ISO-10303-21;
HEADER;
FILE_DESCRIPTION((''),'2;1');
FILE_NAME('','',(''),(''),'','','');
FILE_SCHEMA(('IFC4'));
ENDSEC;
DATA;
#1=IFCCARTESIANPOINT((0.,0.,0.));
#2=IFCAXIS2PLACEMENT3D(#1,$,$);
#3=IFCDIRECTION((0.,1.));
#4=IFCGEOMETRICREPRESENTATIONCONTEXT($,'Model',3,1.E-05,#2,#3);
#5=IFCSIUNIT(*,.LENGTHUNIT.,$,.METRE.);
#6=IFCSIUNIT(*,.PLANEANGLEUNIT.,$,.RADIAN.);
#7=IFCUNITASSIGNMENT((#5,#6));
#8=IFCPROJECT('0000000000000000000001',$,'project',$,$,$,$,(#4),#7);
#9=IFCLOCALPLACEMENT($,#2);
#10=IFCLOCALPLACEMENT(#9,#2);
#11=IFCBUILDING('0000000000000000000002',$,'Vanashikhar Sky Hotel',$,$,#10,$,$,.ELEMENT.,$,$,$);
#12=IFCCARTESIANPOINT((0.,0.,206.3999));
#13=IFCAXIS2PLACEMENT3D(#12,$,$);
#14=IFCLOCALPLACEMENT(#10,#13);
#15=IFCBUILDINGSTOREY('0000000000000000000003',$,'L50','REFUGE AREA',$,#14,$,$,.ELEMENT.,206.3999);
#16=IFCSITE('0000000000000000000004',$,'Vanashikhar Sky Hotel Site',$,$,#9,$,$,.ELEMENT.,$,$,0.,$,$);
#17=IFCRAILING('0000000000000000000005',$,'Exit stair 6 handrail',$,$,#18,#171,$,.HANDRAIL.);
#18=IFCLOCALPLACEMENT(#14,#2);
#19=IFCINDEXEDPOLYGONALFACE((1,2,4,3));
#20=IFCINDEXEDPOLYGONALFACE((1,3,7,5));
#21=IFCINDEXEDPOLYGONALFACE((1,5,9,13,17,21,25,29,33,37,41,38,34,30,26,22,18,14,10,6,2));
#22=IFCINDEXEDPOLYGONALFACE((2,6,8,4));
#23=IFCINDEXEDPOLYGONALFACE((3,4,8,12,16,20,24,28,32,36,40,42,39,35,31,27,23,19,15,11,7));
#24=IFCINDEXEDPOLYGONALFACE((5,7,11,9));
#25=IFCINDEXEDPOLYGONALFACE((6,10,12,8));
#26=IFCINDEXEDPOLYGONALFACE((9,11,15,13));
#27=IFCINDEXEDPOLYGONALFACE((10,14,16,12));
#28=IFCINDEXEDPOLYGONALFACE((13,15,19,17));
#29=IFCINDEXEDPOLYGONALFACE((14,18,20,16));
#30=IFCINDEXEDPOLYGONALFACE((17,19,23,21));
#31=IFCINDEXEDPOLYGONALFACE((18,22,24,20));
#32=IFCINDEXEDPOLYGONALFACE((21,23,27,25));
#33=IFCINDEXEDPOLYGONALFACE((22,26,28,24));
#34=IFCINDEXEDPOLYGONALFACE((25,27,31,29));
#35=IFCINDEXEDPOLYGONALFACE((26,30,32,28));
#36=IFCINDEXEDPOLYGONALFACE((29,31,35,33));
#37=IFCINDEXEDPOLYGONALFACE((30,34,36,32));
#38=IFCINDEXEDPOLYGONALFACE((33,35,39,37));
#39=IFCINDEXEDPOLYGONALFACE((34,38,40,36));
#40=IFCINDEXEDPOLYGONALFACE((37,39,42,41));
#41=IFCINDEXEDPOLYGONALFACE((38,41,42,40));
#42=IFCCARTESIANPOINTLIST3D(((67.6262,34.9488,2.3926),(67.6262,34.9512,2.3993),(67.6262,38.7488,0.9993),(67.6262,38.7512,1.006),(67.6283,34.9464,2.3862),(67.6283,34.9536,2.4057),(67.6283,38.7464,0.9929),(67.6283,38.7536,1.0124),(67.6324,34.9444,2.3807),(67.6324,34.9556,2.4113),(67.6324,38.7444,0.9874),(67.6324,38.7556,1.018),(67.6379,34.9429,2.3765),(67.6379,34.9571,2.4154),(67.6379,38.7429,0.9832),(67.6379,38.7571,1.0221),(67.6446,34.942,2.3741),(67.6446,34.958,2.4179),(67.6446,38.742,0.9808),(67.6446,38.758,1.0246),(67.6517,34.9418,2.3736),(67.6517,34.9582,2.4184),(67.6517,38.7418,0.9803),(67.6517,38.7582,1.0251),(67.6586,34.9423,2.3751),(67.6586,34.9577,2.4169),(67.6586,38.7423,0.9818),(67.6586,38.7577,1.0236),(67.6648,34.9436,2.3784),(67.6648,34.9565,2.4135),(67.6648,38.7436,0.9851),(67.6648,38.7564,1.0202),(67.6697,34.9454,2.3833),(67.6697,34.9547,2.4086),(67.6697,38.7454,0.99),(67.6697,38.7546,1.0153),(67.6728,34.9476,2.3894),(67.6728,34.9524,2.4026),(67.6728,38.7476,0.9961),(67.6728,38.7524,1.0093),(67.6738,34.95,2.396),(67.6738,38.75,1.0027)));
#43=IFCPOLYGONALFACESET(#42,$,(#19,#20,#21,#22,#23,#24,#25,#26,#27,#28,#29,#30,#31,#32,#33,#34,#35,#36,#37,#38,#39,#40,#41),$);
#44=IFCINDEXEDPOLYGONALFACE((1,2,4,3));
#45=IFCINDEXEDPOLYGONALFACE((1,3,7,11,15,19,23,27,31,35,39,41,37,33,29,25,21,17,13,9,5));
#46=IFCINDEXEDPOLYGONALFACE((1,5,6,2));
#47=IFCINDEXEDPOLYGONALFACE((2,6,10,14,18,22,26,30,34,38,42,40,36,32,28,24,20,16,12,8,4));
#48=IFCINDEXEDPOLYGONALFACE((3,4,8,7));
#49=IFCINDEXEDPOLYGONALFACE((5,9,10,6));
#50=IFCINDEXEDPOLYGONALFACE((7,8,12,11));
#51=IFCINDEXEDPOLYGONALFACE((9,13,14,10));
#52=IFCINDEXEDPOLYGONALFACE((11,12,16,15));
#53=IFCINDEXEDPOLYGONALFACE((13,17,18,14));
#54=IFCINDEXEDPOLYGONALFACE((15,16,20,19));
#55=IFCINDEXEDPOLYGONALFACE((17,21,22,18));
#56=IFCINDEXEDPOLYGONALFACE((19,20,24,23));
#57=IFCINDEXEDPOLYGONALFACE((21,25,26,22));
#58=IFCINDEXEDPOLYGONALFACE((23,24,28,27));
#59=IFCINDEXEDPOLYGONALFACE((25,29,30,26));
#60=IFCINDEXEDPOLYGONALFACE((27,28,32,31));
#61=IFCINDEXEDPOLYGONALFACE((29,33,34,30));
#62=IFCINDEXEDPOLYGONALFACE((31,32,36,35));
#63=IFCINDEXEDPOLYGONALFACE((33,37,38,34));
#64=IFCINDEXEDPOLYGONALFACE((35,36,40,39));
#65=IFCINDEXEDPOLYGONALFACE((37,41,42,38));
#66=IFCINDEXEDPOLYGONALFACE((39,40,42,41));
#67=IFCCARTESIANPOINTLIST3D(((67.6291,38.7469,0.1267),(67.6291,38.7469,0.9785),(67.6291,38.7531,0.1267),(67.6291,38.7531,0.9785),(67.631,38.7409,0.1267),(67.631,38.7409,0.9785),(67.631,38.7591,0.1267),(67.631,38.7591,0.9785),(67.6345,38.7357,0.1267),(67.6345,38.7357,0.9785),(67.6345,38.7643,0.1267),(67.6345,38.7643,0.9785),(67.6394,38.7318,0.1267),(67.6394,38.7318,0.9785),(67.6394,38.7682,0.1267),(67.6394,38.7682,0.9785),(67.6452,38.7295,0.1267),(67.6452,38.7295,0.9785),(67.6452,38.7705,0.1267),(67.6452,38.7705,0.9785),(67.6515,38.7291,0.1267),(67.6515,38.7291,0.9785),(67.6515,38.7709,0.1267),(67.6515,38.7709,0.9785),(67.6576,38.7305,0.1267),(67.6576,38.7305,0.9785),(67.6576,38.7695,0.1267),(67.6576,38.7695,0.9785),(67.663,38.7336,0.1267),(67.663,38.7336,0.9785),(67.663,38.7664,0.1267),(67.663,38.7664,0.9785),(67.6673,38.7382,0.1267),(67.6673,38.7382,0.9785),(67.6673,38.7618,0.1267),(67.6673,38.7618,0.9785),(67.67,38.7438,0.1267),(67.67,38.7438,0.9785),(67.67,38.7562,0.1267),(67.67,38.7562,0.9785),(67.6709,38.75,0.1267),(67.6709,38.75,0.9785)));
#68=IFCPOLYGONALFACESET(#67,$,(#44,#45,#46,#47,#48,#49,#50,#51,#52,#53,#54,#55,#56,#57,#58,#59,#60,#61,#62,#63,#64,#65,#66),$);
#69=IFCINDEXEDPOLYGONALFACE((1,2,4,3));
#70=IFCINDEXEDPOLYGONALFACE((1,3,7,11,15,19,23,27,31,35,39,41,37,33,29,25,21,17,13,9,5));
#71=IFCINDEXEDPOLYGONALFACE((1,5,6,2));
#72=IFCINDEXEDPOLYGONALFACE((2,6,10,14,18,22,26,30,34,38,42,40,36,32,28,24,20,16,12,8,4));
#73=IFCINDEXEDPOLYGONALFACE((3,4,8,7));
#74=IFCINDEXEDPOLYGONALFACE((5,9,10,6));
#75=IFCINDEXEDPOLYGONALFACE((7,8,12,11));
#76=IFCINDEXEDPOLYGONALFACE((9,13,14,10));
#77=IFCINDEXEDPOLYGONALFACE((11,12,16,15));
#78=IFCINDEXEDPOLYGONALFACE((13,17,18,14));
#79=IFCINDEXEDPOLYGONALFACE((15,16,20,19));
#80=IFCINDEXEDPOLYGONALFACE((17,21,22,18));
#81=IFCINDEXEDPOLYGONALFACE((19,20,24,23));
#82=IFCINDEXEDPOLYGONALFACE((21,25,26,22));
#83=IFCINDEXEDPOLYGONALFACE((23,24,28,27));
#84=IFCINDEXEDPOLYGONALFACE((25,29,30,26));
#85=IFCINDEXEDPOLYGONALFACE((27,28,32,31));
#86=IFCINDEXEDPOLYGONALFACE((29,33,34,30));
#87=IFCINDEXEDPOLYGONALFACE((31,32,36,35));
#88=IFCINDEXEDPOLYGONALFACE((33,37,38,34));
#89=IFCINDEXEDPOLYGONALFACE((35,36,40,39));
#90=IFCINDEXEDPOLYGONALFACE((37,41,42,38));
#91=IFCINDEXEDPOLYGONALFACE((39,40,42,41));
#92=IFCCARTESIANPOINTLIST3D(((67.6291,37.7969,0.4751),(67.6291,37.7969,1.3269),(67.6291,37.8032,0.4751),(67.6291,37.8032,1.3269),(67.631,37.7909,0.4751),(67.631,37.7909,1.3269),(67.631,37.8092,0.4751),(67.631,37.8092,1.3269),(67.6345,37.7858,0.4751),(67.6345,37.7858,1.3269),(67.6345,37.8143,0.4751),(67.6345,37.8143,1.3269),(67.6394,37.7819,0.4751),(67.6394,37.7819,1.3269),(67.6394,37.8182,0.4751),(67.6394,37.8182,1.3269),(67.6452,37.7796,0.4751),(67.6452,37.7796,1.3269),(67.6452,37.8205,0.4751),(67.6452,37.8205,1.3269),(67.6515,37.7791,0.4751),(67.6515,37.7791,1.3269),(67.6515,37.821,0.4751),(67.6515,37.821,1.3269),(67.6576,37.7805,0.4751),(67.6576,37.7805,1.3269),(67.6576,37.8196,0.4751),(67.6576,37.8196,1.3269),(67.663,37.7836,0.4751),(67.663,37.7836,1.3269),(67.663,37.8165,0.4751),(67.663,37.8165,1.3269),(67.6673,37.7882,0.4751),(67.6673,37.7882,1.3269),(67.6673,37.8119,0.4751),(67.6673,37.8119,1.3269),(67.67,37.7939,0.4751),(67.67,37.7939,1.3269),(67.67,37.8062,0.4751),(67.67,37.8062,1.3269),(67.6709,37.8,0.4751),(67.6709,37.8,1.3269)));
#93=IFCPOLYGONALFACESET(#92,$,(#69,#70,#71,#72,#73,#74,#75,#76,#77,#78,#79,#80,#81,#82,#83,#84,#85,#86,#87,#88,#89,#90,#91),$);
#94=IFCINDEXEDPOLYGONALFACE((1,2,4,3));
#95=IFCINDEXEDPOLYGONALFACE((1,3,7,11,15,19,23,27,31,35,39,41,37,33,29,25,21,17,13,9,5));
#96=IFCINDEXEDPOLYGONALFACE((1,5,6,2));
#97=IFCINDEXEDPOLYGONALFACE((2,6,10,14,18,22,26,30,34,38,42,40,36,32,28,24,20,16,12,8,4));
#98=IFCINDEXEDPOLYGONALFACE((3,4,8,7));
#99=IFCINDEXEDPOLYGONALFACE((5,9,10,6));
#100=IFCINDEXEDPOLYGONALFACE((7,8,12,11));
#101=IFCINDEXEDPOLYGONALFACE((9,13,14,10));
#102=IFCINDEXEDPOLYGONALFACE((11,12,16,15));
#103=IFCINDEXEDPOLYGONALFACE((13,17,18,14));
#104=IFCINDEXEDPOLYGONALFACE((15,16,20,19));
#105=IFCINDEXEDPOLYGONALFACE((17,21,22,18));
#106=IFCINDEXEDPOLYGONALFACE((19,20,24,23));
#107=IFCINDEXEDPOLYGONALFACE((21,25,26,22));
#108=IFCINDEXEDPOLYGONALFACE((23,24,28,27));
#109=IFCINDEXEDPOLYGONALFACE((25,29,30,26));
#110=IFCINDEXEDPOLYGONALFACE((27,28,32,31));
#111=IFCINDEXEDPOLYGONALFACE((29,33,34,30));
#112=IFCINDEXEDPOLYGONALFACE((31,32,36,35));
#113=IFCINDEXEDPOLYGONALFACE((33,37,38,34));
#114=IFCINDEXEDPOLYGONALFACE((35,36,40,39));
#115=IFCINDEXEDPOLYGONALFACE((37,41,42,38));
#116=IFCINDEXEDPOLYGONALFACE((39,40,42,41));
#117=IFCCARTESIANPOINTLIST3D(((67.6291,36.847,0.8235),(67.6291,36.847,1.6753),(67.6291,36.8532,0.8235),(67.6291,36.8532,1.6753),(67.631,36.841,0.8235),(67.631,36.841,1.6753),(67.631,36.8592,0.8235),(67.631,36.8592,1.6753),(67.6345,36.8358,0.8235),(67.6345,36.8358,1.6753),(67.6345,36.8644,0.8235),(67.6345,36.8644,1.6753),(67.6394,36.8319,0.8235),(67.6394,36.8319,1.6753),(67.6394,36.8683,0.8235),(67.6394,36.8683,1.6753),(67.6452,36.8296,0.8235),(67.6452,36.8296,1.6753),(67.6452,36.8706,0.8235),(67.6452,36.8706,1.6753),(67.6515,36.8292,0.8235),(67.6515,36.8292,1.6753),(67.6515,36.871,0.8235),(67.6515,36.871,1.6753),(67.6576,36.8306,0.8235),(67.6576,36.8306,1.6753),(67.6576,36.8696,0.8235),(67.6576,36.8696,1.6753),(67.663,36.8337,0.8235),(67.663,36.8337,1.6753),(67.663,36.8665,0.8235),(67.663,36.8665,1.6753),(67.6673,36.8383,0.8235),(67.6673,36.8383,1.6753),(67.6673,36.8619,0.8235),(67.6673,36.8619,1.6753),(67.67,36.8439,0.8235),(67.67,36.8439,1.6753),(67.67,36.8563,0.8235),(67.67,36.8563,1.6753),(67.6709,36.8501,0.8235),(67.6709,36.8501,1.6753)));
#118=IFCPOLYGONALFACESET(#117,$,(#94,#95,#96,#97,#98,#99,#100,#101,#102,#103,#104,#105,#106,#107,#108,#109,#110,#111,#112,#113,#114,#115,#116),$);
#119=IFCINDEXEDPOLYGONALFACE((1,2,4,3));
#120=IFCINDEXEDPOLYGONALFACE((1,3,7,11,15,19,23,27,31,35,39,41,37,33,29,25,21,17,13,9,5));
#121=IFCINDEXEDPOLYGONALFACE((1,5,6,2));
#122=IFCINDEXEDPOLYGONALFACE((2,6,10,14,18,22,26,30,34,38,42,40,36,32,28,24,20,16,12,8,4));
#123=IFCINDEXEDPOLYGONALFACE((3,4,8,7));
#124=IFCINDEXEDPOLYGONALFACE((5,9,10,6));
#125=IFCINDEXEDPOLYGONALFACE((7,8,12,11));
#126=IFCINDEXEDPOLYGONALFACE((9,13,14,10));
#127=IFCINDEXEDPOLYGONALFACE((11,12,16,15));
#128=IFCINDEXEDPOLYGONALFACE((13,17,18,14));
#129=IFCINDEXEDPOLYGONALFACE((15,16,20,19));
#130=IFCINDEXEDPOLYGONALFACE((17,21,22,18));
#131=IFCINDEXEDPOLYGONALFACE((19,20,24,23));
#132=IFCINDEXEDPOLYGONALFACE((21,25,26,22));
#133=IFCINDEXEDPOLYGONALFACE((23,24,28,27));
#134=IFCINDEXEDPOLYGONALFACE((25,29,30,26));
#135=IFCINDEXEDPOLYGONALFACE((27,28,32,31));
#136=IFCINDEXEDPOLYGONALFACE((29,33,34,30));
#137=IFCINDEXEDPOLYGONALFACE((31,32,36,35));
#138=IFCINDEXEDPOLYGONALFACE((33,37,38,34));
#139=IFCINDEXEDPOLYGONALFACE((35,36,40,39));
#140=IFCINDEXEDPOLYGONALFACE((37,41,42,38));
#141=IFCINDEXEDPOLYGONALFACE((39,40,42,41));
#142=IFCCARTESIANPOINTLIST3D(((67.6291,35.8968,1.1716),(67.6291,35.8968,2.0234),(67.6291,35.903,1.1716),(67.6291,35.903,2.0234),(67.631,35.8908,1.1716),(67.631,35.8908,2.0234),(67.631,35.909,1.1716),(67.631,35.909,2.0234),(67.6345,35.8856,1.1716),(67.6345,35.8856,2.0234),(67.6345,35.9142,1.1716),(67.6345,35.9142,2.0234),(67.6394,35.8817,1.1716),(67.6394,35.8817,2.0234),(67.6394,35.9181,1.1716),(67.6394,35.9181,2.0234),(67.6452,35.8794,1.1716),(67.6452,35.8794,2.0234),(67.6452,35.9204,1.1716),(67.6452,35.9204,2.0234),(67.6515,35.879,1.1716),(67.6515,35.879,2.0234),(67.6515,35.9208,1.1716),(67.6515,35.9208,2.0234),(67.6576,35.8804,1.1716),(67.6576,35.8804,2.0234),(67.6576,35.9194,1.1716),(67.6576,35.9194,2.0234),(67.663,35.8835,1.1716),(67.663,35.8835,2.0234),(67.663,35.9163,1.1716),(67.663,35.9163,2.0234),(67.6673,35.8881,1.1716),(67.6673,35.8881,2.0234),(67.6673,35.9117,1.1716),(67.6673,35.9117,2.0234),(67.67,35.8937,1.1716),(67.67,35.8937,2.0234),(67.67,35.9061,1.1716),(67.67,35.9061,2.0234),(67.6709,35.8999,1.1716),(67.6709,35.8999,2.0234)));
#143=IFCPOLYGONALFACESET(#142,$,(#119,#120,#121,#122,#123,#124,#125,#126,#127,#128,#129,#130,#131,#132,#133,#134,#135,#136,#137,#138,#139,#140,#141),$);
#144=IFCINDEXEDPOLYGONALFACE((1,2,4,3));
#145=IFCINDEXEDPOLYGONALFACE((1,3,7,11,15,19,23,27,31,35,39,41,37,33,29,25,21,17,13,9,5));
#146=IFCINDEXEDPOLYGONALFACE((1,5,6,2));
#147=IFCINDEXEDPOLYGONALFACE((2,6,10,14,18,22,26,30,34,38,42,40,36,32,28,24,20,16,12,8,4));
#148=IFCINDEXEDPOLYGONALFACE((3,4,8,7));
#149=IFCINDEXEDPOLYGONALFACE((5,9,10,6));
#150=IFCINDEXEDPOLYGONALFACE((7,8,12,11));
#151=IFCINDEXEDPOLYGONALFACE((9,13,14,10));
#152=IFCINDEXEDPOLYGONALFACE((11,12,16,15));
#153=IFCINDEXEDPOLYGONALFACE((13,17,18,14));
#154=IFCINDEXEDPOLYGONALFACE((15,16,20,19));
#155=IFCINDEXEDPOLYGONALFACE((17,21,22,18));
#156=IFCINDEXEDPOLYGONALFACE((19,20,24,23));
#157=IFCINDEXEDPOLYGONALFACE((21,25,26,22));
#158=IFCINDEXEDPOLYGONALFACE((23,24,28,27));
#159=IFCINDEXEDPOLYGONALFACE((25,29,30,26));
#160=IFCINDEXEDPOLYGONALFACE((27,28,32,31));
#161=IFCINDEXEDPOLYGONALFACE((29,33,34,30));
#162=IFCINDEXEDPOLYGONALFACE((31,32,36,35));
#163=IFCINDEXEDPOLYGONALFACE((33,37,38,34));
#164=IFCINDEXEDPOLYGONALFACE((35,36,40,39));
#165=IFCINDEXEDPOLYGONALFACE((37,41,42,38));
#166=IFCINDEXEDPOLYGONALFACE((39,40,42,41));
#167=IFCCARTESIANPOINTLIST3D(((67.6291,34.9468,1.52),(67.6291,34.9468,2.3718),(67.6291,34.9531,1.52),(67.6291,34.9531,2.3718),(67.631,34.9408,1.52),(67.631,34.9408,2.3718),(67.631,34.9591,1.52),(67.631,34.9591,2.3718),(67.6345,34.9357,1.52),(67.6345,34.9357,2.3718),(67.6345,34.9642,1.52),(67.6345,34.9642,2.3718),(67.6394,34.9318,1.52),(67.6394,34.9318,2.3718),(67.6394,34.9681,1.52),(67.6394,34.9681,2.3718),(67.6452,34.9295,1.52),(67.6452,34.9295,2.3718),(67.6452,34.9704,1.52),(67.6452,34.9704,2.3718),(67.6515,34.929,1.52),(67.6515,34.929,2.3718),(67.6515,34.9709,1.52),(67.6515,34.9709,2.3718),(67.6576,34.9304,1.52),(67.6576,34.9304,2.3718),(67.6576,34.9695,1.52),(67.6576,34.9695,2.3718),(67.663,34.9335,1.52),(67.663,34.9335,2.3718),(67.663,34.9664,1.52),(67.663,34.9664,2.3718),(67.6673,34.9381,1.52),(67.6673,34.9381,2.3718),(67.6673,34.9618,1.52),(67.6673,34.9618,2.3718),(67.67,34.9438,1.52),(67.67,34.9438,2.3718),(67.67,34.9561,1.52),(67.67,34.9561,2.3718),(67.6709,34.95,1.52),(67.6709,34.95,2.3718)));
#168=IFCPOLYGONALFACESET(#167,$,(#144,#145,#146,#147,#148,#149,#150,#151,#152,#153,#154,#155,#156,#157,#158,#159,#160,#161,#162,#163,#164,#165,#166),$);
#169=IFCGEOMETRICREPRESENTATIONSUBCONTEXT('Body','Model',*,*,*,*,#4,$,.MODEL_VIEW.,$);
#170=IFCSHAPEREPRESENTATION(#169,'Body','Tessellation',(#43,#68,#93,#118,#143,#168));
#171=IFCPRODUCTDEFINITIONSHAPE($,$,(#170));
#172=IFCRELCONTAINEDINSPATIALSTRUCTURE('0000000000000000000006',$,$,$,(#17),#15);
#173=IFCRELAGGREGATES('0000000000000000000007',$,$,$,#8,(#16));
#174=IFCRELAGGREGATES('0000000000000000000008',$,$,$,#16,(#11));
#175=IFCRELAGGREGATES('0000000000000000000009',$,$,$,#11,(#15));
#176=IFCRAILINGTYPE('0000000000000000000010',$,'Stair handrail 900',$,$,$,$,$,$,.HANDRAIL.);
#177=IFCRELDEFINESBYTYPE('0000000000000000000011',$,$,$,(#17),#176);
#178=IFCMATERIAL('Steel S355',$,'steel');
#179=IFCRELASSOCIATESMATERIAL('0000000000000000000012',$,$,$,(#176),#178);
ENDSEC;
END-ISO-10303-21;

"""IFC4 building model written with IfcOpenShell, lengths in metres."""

from ifc_helpers import new_model, si_unit, direction, frame, origin, origin_2d, place, context, subcontext, project, spatial, circle, extrude, source, transform, mapped, material, type_object, element, save


model = new_model("IFC4")

# Units and contexts
model_context = context("Model", 3, precision=1e-05, world=origin(), true_north=direction((0.0, 1.0)))
body_context = subcontext(model_context, "Body", "Model", "MODEL_VIEW")
ifc_project = project(units=[si_unit("LENGTHUNIT", "METRE"), si_unit("PLANEANGLEUNIT", "RADIAN")], contexts=[model_context])

# Site, building, storey
site_placement = place(None, origin())
site = spatial("IfcSite", under=ifc_project, at=site_placement, Name="Vanashikhar Sky Hotel Site", CompositionType="ELEMENT", RefElevation=0.0)
building_placement = place(site_placement, origin())
building = spatial("IfcBuilding", under=site, at=building_placement, Name="Vanashikhar Sky Hotel", CompositionType="ELEMENT")
storey_placement = place(building_placement, frame((0.0, 0.0, 206.3999)))
storey = spatial("IfcBuildingStorey", under=building, at=storey_placement, Name="L50", Description="REFUGE AREA", CompositionType="ELEMENT", Elevation=206.3999)

# Railing
ifc_material_1 = material(Name="Steel S355", Category="steel")
railing_type_1 = type_object("IfcRailingType", Name="Stair handrail 900", PredefinedType="HANDRAIL", material=ifc_material_1)
shared_shape_1 = source(origin(), body_context, "Body", "SweptSolid", [
    extrude(circle(Radius=0.0239, at=origin_2d()), frame((0.0, 0.0, 0.876), z_axis=(0.0, -0.93888, 0.344246), x_axis=(1.0, 0.0, 0.0)), (0.0, 0.0, 1.0), 4.0474),
    extrude(circle(Radius=0.021, at=origin_2d()), origin(), (0.0, 0.0, 1.0), 0.8518),
    extrude(circle(Radius=0.021, at=origin_2d()), frame((0.0, -0.95, 0.3484)), (0.0, 0.0, 1.0), 0.8518),
    extrude(circle(Radius=0.021, at=origin_2d()), frame((0.0, -1.8999, 0.6968)), (0.0, 0.0, 1.0), 0.8518),
    extrude(circle(Radius=0.021, at=origin_2d()), frame((0.0, -2.8501, 1.0449)), (0.0, 0.0, 1.0), 0.8518),
    extrude(circle(Radius=0.021, at=origin_2d()), frame((0.0, -3.8, 1.3933)), (0.0, 0.0, 1.0), 0.8518),
])
for number, where, name in (
    (1, (67.6499, 38.75, 0.1267), "Exit stair 6 handrail"),
):
    element("IfcRailing", number, at=place(storey_placement, frame(where)), inside=storey, type_object=railing_type_1, Name=name, PredefinedType="HANDRAIL", context=body_context, shape_type="MappedRepresentation", body=[
        mapped(shared_shape_1, transform((0.0, 0.0, 0.0), scale=1.0)),
    ])

save(model, "model.ifc")
